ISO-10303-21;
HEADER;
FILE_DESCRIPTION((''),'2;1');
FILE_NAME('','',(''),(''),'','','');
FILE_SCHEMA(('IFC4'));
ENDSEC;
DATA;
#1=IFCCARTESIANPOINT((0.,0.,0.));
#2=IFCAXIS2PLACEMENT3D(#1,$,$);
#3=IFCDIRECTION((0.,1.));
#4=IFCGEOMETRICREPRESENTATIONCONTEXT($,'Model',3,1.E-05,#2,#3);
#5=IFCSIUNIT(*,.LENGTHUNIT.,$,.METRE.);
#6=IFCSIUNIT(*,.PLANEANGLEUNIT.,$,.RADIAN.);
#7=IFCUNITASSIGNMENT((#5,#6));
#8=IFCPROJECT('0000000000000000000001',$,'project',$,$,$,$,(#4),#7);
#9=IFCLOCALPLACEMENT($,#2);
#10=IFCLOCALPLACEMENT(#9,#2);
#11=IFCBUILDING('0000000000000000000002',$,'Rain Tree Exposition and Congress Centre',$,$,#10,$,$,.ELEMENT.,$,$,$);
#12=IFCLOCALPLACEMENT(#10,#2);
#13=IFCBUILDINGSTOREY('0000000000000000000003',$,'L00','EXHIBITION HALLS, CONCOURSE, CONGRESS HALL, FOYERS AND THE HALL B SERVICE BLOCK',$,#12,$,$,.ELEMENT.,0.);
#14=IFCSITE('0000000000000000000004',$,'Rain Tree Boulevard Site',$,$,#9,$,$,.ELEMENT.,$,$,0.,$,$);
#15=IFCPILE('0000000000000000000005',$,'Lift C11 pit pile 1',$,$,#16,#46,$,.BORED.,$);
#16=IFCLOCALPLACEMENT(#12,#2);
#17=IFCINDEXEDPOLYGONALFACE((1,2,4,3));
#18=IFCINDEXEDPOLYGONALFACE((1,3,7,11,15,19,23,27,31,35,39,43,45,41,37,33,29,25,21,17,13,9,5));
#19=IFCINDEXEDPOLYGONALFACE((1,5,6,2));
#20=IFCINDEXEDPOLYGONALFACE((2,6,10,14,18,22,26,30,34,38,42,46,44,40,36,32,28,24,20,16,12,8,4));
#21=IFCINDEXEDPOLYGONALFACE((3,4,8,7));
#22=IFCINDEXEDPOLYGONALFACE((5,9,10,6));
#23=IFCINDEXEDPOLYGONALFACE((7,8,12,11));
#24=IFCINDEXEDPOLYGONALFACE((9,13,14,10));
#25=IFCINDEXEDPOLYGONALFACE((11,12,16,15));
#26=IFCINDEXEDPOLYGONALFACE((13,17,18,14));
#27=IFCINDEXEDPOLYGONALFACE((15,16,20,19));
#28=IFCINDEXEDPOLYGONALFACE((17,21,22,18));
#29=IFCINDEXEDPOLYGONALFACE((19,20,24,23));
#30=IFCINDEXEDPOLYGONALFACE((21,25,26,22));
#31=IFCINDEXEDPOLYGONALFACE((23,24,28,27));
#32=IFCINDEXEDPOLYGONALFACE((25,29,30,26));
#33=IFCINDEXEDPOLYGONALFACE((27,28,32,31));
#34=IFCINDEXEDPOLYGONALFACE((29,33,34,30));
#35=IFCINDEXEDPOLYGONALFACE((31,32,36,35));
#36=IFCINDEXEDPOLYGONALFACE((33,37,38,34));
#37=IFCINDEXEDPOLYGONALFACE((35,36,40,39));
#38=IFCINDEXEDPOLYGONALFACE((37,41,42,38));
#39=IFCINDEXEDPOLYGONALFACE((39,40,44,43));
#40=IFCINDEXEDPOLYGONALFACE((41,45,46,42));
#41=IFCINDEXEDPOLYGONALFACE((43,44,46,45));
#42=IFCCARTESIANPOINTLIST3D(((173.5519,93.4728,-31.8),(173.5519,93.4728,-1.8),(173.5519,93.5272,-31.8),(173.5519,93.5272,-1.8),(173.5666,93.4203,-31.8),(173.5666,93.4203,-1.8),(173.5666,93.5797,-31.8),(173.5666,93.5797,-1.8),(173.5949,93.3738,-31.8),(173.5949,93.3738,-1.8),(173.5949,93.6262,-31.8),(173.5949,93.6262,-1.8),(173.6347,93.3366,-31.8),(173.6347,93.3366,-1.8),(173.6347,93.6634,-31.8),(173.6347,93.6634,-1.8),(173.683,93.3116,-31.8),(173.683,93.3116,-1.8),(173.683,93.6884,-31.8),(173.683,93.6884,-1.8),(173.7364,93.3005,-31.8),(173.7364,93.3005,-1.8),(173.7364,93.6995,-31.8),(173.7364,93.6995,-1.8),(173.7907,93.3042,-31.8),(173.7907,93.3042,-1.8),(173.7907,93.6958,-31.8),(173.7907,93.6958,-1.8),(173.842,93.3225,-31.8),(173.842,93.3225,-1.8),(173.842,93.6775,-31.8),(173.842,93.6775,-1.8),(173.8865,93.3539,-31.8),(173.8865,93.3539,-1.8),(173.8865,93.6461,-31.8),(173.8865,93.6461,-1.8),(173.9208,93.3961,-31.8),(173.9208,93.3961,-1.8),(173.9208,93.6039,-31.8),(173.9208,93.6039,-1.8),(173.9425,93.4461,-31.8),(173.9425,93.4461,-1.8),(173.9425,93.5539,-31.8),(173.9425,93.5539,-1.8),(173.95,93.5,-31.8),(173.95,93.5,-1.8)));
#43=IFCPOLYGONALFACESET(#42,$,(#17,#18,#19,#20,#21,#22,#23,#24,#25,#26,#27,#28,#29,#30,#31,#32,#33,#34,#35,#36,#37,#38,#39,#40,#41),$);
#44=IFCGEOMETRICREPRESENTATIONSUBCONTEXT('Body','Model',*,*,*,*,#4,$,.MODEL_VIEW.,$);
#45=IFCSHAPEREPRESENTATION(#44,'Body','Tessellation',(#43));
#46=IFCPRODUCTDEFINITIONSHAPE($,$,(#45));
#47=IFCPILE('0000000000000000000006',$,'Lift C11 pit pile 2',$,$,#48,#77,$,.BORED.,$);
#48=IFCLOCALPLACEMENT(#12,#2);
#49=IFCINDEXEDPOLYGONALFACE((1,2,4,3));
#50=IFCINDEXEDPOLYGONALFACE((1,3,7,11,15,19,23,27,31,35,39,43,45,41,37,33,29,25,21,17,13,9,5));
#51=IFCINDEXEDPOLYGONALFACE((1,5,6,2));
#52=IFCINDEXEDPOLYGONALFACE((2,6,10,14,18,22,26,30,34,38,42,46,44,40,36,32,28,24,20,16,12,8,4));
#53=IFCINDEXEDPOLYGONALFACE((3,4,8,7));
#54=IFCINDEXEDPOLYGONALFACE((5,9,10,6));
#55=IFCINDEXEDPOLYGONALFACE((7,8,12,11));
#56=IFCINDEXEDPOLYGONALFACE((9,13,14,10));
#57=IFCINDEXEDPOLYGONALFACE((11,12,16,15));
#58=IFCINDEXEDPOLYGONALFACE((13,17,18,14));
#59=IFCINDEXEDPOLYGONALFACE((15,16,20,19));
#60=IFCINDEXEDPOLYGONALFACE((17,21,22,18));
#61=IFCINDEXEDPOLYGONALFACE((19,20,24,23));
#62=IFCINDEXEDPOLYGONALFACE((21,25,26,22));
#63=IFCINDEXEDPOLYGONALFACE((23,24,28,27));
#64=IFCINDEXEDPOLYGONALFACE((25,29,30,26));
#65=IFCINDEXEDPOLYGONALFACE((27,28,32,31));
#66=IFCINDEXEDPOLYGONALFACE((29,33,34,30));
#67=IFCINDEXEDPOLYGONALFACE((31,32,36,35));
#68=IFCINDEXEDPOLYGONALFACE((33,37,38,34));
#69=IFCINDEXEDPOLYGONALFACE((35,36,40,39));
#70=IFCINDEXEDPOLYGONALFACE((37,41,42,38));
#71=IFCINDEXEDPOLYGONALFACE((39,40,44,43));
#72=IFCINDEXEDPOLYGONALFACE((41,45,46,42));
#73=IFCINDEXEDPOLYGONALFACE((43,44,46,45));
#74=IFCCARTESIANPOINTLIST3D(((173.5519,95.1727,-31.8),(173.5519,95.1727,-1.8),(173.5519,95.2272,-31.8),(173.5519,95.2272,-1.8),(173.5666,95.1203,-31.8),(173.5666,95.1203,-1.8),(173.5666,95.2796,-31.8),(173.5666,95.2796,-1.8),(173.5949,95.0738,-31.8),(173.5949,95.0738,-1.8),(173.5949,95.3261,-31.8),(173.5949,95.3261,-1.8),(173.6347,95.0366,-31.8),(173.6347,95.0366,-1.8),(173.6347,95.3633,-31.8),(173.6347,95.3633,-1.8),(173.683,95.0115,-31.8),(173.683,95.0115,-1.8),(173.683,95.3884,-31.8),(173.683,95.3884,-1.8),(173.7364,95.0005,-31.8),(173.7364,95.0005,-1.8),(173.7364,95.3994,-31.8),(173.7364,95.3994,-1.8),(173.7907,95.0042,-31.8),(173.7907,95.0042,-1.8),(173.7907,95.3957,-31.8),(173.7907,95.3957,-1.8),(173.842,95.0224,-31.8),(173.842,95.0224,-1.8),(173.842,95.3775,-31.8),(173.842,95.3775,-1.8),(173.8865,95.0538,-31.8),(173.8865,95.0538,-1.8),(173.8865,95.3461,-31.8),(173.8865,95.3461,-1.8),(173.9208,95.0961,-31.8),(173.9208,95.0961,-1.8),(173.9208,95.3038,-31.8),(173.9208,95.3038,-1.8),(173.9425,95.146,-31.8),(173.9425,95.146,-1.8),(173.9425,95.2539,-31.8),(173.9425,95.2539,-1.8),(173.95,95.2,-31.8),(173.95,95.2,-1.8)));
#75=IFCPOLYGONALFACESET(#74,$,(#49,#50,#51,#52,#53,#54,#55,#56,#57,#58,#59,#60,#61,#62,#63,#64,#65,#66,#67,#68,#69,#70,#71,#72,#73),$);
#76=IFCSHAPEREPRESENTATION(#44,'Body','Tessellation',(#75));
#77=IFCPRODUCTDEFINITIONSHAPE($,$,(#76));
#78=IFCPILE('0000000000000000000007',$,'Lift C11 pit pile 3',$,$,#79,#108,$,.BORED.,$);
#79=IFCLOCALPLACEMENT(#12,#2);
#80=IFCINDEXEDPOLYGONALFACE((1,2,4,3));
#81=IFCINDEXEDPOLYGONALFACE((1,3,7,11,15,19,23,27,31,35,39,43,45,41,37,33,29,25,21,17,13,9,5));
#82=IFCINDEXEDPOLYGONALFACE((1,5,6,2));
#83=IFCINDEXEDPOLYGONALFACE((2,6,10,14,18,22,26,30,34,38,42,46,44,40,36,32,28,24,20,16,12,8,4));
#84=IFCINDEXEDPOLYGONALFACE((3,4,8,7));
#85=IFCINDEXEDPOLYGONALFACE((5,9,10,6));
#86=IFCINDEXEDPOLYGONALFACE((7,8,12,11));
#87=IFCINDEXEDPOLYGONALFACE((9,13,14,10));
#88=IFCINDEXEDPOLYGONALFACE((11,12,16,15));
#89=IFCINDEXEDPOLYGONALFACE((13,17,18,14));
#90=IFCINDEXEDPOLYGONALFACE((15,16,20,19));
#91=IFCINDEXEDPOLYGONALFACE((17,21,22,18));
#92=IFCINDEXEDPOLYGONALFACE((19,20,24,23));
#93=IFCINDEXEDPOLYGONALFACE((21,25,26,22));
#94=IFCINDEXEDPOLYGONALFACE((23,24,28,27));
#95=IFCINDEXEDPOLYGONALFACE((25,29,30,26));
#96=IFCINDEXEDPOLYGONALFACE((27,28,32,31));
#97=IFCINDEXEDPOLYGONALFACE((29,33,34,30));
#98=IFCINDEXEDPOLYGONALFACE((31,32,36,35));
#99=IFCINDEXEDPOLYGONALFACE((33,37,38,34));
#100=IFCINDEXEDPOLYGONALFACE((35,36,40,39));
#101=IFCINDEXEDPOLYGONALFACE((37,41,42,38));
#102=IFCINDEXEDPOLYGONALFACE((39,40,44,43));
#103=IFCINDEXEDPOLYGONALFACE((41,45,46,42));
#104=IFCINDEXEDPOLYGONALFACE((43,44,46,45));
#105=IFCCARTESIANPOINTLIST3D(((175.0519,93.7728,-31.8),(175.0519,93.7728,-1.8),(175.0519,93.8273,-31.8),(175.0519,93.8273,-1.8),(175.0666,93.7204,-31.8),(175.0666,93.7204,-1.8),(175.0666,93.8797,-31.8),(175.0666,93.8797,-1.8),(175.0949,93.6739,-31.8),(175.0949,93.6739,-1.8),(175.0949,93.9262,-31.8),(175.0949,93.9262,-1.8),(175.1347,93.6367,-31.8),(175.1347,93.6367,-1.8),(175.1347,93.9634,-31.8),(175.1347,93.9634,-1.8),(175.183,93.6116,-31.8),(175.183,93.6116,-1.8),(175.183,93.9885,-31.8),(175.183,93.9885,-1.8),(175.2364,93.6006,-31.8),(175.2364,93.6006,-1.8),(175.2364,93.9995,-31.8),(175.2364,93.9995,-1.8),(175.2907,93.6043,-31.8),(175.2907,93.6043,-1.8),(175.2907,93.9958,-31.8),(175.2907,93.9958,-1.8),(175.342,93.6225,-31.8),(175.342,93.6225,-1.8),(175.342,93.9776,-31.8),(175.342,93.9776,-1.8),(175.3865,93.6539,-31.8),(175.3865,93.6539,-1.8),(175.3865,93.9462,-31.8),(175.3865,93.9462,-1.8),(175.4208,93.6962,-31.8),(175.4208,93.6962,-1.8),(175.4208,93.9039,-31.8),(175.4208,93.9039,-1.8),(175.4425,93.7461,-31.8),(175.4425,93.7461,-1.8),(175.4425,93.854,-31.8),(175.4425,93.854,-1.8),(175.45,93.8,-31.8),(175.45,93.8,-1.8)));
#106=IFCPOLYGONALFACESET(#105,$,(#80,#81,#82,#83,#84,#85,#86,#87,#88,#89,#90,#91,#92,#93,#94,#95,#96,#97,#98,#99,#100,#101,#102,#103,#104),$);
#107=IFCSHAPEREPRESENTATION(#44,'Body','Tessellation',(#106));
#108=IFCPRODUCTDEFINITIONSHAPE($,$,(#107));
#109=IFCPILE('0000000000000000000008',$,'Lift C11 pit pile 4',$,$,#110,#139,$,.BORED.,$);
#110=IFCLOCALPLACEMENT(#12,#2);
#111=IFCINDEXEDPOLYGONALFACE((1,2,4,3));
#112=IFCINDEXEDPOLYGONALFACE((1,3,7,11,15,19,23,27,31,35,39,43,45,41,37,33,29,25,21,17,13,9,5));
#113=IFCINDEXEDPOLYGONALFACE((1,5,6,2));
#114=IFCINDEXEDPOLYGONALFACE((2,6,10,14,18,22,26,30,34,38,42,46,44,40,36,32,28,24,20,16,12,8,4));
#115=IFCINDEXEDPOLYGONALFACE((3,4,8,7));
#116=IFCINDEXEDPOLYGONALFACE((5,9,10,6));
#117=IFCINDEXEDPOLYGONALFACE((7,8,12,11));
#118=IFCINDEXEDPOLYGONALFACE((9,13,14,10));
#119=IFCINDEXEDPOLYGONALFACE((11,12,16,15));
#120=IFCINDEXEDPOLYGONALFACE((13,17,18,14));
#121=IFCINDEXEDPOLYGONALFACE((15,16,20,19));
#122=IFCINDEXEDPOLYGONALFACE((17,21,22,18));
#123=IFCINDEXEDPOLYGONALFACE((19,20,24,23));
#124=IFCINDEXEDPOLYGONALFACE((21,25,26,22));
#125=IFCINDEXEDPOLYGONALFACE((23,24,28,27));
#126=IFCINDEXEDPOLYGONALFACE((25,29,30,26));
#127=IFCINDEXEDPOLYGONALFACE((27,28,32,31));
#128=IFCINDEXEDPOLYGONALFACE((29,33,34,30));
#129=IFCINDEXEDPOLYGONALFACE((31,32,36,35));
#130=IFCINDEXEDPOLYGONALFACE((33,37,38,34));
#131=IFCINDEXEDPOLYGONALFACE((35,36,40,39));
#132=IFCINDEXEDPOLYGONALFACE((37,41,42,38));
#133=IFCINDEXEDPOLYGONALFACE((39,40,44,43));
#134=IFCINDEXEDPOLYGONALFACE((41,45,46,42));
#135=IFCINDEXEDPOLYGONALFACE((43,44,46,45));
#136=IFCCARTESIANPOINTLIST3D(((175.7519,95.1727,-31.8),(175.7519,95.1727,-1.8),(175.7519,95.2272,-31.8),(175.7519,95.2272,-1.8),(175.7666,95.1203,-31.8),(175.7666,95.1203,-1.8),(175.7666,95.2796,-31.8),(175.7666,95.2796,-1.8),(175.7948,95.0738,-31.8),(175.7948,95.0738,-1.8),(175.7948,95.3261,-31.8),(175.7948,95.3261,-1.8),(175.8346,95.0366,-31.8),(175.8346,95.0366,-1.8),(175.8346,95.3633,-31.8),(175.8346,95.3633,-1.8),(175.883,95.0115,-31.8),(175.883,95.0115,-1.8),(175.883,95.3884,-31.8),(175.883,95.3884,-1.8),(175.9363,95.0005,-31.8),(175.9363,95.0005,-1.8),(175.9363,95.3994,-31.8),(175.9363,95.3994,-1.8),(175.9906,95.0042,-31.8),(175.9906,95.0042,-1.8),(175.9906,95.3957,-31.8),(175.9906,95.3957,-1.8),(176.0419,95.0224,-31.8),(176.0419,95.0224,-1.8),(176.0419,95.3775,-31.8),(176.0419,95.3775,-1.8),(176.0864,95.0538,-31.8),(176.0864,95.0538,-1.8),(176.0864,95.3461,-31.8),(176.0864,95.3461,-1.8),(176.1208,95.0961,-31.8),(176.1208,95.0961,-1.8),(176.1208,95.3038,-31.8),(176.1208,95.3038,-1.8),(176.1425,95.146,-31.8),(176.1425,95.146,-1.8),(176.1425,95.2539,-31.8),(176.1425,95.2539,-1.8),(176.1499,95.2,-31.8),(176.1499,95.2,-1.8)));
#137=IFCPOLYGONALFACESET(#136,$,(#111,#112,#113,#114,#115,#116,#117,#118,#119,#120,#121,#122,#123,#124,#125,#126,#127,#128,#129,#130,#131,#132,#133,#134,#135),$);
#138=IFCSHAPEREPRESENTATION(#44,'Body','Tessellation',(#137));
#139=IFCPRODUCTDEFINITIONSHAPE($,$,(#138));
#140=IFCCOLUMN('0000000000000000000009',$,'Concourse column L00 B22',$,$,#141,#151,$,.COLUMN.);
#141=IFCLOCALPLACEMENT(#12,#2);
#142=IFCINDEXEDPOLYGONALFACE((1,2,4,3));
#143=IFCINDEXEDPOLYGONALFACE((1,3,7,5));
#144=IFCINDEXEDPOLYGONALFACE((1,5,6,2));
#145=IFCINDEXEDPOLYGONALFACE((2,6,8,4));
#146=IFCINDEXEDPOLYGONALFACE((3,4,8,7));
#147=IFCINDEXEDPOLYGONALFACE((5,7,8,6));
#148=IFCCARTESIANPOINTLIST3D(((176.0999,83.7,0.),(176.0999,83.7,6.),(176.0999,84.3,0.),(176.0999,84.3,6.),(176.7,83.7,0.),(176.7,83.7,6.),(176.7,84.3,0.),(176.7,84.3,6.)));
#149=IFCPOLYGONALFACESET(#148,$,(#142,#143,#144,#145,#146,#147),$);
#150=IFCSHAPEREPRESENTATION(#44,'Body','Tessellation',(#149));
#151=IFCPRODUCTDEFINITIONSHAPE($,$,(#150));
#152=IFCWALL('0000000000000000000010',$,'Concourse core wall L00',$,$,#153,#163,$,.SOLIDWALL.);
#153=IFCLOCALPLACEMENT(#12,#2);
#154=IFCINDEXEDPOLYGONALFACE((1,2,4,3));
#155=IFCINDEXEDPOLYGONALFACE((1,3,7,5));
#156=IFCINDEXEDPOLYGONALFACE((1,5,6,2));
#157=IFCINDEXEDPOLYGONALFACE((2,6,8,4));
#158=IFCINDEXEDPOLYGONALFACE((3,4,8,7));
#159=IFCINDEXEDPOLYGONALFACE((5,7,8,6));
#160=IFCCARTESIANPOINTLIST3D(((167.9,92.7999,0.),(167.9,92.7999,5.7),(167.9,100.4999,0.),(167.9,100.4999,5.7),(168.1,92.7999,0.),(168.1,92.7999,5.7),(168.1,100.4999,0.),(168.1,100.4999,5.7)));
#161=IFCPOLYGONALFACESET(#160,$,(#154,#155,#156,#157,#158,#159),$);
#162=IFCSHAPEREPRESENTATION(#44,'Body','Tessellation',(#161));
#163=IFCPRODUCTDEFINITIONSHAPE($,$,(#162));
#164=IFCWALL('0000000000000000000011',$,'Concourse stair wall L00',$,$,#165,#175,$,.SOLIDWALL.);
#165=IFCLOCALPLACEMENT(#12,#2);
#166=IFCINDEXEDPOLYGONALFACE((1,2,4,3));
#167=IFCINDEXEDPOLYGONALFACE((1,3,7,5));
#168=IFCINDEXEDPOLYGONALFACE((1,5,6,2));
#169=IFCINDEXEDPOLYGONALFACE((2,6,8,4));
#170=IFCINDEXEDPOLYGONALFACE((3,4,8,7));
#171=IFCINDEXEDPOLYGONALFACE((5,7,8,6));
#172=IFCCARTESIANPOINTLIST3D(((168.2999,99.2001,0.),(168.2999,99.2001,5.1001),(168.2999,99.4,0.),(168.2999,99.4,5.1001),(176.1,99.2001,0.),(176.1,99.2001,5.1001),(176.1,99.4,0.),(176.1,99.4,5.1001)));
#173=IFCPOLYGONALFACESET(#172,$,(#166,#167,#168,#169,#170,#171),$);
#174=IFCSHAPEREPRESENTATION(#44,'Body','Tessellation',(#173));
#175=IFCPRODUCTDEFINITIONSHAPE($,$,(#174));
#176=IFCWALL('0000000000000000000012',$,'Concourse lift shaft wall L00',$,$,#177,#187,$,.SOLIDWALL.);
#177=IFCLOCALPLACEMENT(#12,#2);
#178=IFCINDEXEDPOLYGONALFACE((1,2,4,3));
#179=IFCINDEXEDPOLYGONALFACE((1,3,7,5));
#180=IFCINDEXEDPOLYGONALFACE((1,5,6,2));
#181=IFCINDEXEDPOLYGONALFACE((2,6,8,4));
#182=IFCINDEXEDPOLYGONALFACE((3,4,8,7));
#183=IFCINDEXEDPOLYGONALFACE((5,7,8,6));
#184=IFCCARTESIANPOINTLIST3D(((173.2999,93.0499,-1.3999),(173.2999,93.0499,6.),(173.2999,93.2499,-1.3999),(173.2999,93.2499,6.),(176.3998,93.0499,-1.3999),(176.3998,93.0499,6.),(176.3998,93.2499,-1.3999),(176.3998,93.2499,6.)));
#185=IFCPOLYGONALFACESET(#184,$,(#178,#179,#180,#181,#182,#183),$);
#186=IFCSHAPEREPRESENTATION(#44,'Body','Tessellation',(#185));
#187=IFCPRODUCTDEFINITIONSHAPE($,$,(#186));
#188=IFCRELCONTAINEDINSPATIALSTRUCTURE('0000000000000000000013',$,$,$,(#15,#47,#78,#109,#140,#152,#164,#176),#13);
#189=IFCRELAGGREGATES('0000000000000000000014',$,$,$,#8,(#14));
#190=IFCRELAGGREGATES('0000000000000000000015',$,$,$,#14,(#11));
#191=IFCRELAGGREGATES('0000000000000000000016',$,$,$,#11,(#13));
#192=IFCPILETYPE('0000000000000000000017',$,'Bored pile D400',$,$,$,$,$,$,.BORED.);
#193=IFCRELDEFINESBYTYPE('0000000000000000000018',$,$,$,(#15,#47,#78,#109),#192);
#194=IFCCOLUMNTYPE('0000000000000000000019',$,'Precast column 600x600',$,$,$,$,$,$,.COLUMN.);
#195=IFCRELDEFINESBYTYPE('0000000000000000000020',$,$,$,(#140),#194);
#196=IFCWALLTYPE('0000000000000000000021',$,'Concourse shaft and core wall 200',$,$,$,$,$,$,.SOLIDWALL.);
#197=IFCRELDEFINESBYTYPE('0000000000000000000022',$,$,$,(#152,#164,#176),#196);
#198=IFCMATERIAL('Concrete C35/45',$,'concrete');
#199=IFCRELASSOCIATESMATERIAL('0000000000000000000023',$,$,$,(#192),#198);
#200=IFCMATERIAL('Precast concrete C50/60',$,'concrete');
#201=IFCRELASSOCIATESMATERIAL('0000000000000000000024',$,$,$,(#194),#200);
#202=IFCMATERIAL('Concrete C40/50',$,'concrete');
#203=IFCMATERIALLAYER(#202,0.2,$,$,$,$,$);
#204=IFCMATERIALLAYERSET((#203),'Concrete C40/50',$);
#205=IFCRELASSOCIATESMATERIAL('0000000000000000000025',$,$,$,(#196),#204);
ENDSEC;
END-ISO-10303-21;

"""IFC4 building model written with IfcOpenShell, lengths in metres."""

from ifc_helpers import new_model, si_unit, direction, frame, frame_2d, origin, origin_2d, place, context, subcontext, project, spatial, rectangle, circle, extrude, material, layer, layer_set, material_profile, profile_set, type_object, element, save


model = new_model("IFC4")

# Units and contexts
model_context = context("Model", 3, precision=1e-05, world=origin(), true_north=direction((0.0, 1.0)))
body_context = subcontext(model_context, "Body", "Model", "MODEL_VIEW")
ifc_project = project(units=[si_unit("LENGTHUNIT", "METRE"), si_unit("PLANEANGLEUNIT", "RADIAN")], contexts=[model_context])

# Site, building, storey
site_placement = place(None, origin())
site = spatial("IfcSite", under=ifc_project, at=site_placement, Name="Rain Tree Boulevard Site", CompositionType="ELEMENT", RefElevation=0.0)
building_placement = place(site_placement, origin())
building = spatial("IfcBuilding", under=site, at=building_placement, Name="Rain Tree Exposition and Congress Centre", CompositionType="ELEMENT")
storey_placement = place(building_placement, origin())
storey = spatial("IfcBuildingStorey", under=building, at=storey_placement, Name="L00", Description="EXHIBITION HALLS, CONCOURSE, CONGRESS HALL, FOYERS AND THE HALL B SERVICE BLOCK", CompositionType="ELEMENT", Elevation=0.0)

# Piles
ifc_material_1 = material(Name="Concrete C35/45", Category="concrete")
ifc_material_profile_1 = material_profile(ifc_material_1, circle(Radius=0.2, at=origin_2d()), Name="D400")
ifc_profile_set_1 = profile_set([ifc_material_profile_1], Name="Concrete C35/45")
pile_type = type_object("IfcPileType", Name="Bored pile D400", PredefinedType="BORED", material=ifc_profile_set_1)
for number, where, z_axis, x_axis, name in (
    (1, (173.75, 93.5, -1.8), (0.0, 0.0, -1.0), (1.0, 0.0, 0.0), "Lift C11 pit pile 1"),
    (2, (173.75, 95.2, -1.8), (0.0, 0.0, -1.0), (1.0, 0.0, 0.0), "Lift C11 pit pile 2"),
    (3, (175.25, 93.8, -1.8), (0.0, 0.0, -1.0), (1.0, 0.0, 0.0), "Lift C11 pit pile 3"),
    (4, (175.95, 95.2, -1.8), (0.0, 0.0, -1.0), (1.0, 0.0, 0.0), "Lift C11 pit pile 4"),
):
    element("IfcPile", number, at=place(storey_placement, frame(where, z_axis=z_axis, x_axis=x_axis)), inside=storey, type_object=pile_type, Name=name, PredefinedType="BORED", context=body_context, shape_type="SweptSolid", body=[
        extrude(circle(Radius=0.2, at=origin_2d()), origin(), (0.0, 0.0, 1.0), 30.0),
    ])

# Column
ifc_material_2 = material(Name="Precast concrete C50/60", Category="concrete")
ifc_material_profile_2 = material_profile(ifc_material_2, rectangle(XDim=0.6001, YDim=0.6001, at=origin_2d()), Name="RC 600x600")
ifc_profile_set_2 = profile_set([ifc_material_profile_2], Name="Precast concrete C50/60")
column_type = type_object("IfcColumnType", Name="Precast column 600x600", PredefinedType="COLUMN", material=ifc_profile_set_2)
column_placement = place(storey_placement, frame((176.3999, 84.0, 0.0), z_axis=(0.0, 0.0, 1.0), x_axis=(1.0, 0.0, 0.0)))
element("IfcColumn", 5, at=column_placement, inside=storey, type_object=column_type, Name="Concourse column L00 B22", PredefinedType="COLUMN", context=body_context, shape_type="SweptSolid", body=[
    extrude(rectangle(XDim=0.6001, YDim=0.6001, at=origin_2d()), origin(), (0.0, 0.0, 1.0), 6.0),
])

# Walls
ifc_material_3 = material(Name="Concrete C40/50", Category="concrete")
ifc_layer = layer(ifc_material_3, 0.2)
ifc_layer_set = layer_set([ifc_layer], Name="Concrete C40/50")
wall_type = type_object("IfcWallType", Name="Concourse shaft and core wall 200", PredefinedType="SOLIDWALL", material=ifc_layer_set)
wall_1_placement = place(storey_placement, frame((168.0, 100.5, 0.0), z_axis=(0.0, 0.0, 1.0), x_axis=(0.0, -1.0, 0.0)))
element("IfcWall", 6, at=wall_1_placement, inside=storey, type_object=wall_type, Name="Concourse core wall L00", PredefinedType="SOLIDWALL", context=body_context, shape_type="SweptSolid", body=[
    extrude(rectangle(XDim=7.7, YDim=0.2, at=frame_2d((3.8501, 0.0))), origin(), (0.0, 0.0, 1.0), 5.7),
])
wall_2_placement = place(storey_placement, frame((168.3, 99.3, 0.0), z_axis=(0.0, 0.0, 1.0), x_axis=(1.0, 0.0, 0.0)))
element("IfcWall", 7, at=wall_2_placement, inside=storey, type_object=wall_type, Name="Concourse stair wall L00", PredefinedType="SOLIDWALL", context=body_context, shape_type="SweptSolid", body=[
    extrude(rectangle(XDim=7.8, YDim=0.2, at=frame_2d((3.8999, 0.0))), origin(), (0.0, 0.0, 1.0), 5.1001),
])

# Wall
wall_3_placement = place(storey_placement, frame((173.3, 93.1499, -1.3999), z_axis=(0.0, 0.0, 1.0), x_axis=(1.0, 0.0, 0.0)))
element("IfcWall", 8, at=wall_3_placement, inside=storey, type_object=wall_type, Name="Concourse lift shaft wall L00", PredefinedType="SOLIDWALL", context=body_context, shape_type="SweptSolid", body=[
    extrude(rectangle(XDim=3.0999, YDim=0.2, at=frame_2d((1.5498, 0.0))), origin(), (0.0, 0.0, 1.0), 7.3999),
])

save(model, "model.ifc")
